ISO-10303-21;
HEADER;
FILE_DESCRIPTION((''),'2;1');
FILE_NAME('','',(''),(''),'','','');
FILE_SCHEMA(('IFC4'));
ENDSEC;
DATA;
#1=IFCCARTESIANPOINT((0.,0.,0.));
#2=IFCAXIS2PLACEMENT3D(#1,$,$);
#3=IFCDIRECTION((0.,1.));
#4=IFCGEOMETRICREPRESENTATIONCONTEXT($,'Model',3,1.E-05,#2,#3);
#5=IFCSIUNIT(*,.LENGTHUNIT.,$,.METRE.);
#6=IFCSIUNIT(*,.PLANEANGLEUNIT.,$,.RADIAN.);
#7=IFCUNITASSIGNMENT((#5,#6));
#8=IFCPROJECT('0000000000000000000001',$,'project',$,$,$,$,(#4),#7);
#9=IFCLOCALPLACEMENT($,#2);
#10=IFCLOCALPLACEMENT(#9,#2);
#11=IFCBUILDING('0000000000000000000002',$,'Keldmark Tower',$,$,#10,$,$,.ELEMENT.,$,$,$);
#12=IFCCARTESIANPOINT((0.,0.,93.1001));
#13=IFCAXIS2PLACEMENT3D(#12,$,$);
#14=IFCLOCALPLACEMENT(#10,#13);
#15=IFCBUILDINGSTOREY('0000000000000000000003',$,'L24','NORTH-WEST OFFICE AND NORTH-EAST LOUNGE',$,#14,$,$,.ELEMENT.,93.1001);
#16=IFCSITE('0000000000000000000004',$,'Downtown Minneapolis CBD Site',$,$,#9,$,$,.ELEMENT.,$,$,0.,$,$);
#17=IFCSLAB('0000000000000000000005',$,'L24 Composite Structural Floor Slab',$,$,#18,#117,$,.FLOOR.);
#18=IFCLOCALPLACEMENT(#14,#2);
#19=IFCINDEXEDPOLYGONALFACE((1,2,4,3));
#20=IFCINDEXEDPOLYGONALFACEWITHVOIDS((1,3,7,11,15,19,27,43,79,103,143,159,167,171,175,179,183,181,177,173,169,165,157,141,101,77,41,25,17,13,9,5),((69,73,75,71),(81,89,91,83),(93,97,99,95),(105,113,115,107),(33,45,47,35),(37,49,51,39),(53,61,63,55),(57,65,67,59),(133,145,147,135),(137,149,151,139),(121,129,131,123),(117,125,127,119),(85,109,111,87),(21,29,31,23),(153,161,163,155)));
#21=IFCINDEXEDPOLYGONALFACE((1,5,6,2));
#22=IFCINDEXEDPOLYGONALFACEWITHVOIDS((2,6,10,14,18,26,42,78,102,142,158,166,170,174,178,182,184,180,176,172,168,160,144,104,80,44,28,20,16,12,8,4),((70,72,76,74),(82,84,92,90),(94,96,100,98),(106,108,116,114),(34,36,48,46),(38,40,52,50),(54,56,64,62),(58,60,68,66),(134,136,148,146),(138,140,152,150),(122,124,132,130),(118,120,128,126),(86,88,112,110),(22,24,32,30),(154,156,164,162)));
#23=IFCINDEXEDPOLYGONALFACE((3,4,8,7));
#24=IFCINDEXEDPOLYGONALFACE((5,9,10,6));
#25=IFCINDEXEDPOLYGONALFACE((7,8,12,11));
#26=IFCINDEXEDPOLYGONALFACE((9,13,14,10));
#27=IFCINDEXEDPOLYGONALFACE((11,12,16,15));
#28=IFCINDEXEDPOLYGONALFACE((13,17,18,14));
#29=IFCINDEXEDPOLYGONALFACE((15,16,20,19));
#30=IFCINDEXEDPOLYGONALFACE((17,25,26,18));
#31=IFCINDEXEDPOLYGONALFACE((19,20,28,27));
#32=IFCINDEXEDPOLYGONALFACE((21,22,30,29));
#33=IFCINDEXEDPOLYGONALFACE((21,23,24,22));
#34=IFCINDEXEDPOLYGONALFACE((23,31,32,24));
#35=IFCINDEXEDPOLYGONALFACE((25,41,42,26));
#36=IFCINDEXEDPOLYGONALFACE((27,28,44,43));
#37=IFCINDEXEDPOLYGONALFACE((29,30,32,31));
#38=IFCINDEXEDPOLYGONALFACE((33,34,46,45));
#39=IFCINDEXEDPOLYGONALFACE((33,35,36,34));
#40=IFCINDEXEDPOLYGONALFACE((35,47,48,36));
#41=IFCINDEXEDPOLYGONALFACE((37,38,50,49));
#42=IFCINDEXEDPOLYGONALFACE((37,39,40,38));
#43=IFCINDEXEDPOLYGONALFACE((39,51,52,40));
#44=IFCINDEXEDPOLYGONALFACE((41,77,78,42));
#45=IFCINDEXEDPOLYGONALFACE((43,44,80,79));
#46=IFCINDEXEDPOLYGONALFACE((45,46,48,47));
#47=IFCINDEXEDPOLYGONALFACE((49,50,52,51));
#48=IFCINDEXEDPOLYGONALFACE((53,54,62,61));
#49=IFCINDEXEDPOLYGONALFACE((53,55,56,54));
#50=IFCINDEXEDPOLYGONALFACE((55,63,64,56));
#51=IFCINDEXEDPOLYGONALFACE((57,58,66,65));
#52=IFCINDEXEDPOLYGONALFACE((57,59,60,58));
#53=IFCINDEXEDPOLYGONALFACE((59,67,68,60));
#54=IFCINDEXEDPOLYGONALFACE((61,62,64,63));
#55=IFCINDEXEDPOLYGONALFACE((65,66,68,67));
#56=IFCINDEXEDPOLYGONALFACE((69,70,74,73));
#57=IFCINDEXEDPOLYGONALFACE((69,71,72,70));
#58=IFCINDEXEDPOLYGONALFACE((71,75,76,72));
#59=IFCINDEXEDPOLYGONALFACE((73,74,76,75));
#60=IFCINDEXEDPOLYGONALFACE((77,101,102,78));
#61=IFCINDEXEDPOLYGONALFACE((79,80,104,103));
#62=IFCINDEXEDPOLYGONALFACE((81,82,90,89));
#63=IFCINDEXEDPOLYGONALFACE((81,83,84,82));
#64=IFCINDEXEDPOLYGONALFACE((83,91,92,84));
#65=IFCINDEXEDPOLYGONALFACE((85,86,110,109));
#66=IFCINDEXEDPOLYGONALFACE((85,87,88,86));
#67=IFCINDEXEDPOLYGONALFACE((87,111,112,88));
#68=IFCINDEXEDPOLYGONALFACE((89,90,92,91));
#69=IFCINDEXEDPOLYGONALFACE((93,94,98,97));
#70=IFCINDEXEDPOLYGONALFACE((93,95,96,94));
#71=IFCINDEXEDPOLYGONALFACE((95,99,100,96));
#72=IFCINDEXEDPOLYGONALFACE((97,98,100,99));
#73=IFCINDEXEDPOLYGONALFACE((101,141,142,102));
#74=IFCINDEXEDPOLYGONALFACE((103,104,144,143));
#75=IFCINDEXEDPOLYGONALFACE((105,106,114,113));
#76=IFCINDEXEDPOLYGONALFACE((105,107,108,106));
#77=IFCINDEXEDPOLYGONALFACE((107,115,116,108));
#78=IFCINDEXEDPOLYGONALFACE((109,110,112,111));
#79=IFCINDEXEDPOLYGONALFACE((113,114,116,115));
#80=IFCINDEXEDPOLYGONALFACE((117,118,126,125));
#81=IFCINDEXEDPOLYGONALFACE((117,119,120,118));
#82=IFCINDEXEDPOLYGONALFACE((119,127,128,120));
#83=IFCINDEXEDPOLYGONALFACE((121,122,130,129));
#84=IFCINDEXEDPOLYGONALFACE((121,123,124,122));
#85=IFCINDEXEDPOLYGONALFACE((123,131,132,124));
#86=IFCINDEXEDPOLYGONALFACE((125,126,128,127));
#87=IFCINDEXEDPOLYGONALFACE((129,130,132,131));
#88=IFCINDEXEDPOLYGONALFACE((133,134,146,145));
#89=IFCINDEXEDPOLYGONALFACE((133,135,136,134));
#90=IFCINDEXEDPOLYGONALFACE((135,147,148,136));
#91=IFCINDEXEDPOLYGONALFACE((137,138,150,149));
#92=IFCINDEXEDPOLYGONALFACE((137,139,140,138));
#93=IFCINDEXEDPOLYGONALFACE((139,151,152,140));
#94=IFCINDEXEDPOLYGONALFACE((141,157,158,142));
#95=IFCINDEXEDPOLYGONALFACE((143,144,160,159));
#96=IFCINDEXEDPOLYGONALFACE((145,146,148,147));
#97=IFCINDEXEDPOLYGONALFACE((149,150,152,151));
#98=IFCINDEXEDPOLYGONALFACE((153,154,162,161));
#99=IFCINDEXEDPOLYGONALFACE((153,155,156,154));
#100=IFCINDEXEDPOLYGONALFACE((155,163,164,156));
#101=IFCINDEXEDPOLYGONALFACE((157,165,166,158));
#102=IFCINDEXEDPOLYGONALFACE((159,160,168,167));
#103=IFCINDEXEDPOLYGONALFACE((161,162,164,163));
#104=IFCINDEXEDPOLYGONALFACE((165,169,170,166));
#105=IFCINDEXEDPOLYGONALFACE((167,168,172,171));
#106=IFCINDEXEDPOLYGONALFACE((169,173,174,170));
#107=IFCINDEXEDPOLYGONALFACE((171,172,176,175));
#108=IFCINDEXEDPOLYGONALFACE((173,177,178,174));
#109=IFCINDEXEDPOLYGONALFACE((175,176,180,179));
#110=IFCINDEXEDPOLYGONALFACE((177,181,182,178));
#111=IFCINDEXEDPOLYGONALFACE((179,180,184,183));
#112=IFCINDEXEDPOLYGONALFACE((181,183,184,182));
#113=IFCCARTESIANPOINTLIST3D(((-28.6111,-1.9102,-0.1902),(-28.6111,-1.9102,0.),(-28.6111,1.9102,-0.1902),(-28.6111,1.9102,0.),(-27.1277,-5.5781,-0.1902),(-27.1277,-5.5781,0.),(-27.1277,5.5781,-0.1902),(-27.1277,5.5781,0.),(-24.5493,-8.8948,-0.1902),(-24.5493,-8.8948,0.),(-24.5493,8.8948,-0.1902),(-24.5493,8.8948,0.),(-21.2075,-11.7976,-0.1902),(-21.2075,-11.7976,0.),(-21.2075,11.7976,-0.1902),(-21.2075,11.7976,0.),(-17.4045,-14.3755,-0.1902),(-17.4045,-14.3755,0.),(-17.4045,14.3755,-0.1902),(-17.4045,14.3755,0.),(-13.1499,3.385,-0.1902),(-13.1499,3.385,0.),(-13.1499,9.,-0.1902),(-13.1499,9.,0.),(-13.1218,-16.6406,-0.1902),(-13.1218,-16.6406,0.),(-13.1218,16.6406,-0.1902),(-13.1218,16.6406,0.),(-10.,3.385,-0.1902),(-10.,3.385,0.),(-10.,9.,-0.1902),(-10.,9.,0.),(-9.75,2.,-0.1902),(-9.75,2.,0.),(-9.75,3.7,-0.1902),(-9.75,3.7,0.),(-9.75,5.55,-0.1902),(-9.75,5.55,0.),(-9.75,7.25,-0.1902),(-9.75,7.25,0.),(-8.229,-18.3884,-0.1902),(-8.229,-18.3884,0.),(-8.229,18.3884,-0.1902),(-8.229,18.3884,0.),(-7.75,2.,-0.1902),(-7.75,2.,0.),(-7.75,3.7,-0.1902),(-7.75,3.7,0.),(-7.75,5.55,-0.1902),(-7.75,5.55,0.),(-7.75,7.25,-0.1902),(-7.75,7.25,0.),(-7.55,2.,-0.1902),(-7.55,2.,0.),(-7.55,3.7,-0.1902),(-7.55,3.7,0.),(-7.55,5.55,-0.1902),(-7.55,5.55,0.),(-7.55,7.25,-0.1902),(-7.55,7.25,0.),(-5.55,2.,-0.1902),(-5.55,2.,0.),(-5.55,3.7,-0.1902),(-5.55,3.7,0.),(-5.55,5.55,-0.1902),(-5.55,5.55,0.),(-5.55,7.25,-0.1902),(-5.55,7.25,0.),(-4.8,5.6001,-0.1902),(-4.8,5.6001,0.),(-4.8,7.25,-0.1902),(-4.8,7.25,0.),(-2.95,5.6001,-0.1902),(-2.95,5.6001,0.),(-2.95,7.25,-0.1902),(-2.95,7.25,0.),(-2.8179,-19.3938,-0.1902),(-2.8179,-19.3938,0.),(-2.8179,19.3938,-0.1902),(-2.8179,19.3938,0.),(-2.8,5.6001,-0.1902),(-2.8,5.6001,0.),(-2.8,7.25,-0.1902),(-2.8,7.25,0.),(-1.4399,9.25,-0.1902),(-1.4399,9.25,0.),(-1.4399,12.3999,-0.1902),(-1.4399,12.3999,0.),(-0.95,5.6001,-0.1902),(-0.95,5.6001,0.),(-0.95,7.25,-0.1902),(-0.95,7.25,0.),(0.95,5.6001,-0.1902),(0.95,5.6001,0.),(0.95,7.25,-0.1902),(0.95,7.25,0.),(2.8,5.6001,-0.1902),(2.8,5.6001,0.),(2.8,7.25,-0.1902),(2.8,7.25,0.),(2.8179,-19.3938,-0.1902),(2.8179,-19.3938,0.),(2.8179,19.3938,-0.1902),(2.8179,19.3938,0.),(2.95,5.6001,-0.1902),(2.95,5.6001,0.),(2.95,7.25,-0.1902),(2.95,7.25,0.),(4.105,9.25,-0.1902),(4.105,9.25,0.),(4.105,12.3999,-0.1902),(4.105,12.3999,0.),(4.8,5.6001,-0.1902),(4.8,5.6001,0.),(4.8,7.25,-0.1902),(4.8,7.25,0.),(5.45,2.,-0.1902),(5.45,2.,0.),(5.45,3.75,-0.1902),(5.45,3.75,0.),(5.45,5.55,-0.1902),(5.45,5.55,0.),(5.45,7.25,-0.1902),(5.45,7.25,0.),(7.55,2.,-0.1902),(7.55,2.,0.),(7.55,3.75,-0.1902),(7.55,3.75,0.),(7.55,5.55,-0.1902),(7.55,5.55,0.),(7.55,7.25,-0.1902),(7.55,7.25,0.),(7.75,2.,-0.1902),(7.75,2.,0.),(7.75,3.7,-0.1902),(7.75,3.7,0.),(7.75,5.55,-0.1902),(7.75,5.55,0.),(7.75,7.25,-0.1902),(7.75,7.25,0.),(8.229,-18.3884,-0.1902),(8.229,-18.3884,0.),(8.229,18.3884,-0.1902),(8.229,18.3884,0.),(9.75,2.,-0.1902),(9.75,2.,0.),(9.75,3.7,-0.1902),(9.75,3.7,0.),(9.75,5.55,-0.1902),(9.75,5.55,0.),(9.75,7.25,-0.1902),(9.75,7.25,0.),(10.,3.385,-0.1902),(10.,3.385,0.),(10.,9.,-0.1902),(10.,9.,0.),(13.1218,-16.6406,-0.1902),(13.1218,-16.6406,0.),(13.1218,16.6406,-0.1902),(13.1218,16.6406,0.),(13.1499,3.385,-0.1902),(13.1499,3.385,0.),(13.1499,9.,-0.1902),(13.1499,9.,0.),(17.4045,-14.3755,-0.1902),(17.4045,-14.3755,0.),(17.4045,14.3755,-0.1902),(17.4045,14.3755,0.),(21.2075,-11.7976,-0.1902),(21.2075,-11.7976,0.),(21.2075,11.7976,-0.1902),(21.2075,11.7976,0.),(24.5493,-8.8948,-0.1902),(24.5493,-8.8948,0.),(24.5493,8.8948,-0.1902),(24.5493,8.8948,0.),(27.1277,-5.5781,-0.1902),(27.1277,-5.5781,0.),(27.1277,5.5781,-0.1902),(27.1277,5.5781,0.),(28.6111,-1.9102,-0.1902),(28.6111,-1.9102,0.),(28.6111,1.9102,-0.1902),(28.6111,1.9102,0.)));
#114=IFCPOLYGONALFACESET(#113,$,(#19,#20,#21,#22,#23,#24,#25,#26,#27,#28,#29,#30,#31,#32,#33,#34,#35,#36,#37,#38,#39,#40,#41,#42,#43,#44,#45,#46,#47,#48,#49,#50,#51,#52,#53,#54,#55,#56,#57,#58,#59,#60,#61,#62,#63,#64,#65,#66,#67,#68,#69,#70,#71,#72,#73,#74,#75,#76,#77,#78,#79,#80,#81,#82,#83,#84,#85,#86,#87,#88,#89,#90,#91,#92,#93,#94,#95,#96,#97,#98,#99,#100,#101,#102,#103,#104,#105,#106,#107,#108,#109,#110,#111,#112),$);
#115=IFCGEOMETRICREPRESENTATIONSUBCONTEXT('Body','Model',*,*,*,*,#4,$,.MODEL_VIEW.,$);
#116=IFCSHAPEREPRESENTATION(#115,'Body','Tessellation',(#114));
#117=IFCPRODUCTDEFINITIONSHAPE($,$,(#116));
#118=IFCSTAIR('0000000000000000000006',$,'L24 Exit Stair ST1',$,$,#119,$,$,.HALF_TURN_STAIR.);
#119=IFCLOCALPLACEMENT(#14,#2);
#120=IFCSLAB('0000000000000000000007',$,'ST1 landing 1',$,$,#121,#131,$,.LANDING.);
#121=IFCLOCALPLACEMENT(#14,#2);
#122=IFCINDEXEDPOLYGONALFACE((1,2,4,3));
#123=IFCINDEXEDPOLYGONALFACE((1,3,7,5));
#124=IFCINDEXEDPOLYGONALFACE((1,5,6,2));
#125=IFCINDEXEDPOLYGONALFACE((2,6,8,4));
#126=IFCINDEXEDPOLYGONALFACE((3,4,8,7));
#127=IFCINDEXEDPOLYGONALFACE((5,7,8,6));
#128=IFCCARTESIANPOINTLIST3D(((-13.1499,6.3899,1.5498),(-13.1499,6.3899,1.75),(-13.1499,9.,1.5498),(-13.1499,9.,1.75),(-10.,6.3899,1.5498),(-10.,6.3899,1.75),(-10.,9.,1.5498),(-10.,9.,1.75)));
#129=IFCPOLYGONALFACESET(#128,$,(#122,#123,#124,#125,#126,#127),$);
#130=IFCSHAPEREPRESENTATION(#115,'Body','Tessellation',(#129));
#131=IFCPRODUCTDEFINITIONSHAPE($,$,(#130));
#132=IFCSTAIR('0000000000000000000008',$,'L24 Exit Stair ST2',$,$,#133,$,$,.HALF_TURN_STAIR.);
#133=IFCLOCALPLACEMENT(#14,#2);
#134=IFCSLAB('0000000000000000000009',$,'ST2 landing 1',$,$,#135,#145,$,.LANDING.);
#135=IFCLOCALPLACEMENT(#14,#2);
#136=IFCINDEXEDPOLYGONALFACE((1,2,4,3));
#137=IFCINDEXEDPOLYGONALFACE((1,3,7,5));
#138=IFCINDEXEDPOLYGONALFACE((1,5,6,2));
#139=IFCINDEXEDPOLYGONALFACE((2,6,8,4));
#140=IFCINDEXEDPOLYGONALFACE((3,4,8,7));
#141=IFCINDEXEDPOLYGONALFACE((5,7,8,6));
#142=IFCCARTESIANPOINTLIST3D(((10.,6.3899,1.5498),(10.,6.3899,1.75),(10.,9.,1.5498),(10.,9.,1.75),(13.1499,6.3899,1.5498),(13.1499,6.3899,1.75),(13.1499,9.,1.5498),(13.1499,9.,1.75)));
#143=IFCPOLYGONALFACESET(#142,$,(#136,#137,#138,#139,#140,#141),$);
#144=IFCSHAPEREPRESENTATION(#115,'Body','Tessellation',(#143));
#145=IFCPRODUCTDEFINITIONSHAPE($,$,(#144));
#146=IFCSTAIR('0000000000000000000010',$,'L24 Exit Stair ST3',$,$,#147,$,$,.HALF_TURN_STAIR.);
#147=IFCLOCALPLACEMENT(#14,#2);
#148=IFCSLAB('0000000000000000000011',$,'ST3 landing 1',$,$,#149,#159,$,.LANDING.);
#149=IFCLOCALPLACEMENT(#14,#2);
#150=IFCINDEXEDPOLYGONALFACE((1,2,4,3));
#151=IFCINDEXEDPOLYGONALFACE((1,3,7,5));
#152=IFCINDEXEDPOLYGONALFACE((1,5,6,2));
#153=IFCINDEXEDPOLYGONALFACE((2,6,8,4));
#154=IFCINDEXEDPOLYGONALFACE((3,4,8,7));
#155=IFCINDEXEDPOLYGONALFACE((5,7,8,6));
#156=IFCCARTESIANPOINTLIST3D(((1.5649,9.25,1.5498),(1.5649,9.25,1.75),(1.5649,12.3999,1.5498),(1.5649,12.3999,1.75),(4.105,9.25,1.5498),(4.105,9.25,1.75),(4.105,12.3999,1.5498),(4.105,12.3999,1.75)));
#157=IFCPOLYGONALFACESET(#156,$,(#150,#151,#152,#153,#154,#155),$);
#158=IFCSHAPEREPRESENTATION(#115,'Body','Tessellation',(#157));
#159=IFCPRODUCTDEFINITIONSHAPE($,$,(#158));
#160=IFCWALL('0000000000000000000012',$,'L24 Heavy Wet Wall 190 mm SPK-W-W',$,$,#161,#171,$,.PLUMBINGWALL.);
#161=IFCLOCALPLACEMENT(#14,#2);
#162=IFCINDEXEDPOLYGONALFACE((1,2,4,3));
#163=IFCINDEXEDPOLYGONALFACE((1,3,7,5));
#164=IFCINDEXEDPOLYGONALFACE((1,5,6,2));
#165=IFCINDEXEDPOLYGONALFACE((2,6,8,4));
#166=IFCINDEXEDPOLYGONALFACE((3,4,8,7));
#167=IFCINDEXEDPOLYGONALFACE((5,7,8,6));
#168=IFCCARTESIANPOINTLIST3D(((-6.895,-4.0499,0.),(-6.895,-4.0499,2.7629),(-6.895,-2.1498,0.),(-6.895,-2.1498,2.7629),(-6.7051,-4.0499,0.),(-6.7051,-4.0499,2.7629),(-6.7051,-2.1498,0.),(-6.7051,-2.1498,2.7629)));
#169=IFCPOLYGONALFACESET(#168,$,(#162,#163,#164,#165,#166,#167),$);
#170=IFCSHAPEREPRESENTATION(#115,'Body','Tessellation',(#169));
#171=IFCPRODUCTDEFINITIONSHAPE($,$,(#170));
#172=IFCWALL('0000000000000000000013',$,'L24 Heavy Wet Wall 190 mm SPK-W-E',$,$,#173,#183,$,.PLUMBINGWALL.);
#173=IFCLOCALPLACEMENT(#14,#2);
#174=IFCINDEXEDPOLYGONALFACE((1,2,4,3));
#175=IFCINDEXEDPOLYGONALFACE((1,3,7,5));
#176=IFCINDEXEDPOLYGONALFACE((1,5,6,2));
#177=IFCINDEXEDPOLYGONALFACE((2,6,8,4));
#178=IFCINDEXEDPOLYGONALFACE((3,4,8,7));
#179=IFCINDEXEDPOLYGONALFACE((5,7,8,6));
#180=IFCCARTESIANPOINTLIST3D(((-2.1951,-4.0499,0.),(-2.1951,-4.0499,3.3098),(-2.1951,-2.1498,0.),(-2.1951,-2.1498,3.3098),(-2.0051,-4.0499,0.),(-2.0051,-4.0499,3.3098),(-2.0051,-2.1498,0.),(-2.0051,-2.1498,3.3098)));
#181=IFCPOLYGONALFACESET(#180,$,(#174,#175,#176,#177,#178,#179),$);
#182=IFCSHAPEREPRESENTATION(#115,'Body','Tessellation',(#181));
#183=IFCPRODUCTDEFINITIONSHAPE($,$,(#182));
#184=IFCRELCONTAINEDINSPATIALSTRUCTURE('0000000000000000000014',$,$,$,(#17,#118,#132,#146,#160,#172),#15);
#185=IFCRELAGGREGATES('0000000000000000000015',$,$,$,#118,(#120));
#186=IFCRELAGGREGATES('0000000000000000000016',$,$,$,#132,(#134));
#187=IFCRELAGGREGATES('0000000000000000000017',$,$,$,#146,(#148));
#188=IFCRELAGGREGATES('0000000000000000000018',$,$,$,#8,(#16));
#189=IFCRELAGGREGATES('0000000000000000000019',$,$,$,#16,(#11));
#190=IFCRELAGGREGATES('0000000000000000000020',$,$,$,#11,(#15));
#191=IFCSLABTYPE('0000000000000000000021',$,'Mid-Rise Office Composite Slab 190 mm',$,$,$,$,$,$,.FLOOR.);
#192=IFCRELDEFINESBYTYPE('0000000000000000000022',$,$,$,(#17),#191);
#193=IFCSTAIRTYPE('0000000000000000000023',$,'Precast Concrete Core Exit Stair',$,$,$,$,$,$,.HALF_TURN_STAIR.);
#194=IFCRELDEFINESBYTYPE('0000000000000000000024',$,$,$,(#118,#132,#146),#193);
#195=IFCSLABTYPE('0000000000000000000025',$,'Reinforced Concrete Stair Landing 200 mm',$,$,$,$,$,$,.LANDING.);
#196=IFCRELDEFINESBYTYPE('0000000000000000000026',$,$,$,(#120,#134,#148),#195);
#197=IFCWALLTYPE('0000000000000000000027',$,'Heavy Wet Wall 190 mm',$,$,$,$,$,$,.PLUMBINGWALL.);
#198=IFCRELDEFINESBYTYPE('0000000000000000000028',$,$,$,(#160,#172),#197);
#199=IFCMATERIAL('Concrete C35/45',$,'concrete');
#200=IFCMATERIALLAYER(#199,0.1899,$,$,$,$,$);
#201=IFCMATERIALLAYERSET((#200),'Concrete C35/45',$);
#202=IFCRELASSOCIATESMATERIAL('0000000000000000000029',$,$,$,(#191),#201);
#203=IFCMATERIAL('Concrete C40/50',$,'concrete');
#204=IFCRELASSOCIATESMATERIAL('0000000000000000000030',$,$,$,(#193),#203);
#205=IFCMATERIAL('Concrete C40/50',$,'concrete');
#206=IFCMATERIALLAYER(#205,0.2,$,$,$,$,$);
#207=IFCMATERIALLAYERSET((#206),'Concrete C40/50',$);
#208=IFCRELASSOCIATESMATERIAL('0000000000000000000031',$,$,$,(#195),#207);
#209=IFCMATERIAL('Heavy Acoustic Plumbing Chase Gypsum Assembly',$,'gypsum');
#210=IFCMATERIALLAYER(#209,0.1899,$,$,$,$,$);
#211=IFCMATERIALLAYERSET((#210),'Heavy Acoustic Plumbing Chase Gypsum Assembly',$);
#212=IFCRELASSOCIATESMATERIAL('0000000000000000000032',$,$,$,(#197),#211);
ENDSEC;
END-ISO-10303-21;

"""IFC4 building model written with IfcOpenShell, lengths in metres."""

from ifc_helpers import new_model, si_unit, direction, frame, frame_2d, origin, place, context, subcontext, project, spatial, polyline, rectangle, outline, extrude, material, layer, layer_set, type_object, element, aggregate, save


model = new_model("IFC4")

# Units and contexts
model_context = context("Model", 3, precision=1e-05, world=origin(), true_north=direction((0.0, 1.0)))
body_context = subcontext(model_context, "Body", "Model", "MODEL_VIEW")
ifc_project = project(units=[si_unit("LENGTHUNIT", "METRE"), si_unit("PLANEANGLEUNIT", "RADIAN")], contexts=[model_context])

# Site, building, storey
site_placement = place(None, origin())
site = spatial("IfcSite", under=ifc_project, at=site_placement, Name="Downtown Minneapolis CBD Site", CompositionType="ELEMENT", RefElevation=0.0)
building_placement = place(site_placement, origin())
building = spatial("IfcBuilding", under=site, at=building_placement, Name="Keldmark Tower", CompositionType="ELEMENT")
storey_placement = place(building_placement, frame((0.0, 0.0, 93.1001)))
storey = spatial("IfcBuildingStorey", under=building, at=storey_placement, Name="L24", Description="NORTH-WEST OFFICE AND NORTH-EAST LOUNGE", CompositionType="ELEMENT", Elevation=93.1001)

# Slab
ifc_material_1 = material(Name="Concrete C35/45", Category="concrete")
ifc_layer_1 = layer(ifc_material_1, 0.1899)
ifc_layer_set_1 = layer_set([ifc_layer_1], Name="Concrete C35/45")
slab_type_1 = type_object("IfcSlabType", Name="Mid-Rise Office Composite Slab 190 mm", PredefinedType="FLOOR", material=ifc_layer_set_1)
slab_1_placement = place(storey_placement, frame((0.0, 0.0, -0.1902)))
element("IfcSlab", 1, at=slab_1_placement, inside=storey, type_object=slab_type_1, Name="L24 Composite Structural Floor Slab", PredefinedType="FLOOR", context=body_context, shape_type="SweptSolid", body=[
    extrude(outline(polyline([(28.6111, 1.9102), (27.1277, 5.5781), (24.5493, 8.8948), (21.2075, 11.7976), (17.4045, 14.3755), (13.1218, 16.6406), (8.229, 18.3884), (2.8179, 19.3938), (-2.8179, 19.3938), (-8.229, 18.3884), (-13.1218, 16.6406), (-17.4045, 14.3755), (-21.2075, 11.7976), (-24.5493, 8.8948), (-27.1277, 5.5781), (-28.6111, 1.9102), (-28.6111, -1.9102), (-27.1277, -5.5781), (-24.5493, -8.8948), (-21.2075, -11.7976), (-17.4045, -14.3755), (-13.1218, -16.6406), (-8.229, -18.3884), (-2.8179, -19.3938), (2.8179, -19.3938), (8.229, -18.3884), (13.1218, -16.6406), (17.4045, -14.3755), (21.2075, -11.7976), (24.5493, -8.8948), (27.1277, -5.5781), (28.6111, -1.9102), (28.6111, 1.9102)]), holes=[polyline([(-10.0, 3.385), (-10.0, 9.0), (-13.1499, 9.0), (-13.1499, 3.385), (-10.0, 3.385)]), polyline([(13.1499, 3.385), (13.1499, 9.0), (10.0, 9.0), (10.0, 3.385), (13.1499, 3.385)]), polyline([(-1.4399, 9.25), (4.105, 9.25), (4.105, 12.3999), (-1.4399, 12.3999), (-1.4399, 9.25)]), polyline([(-9.75, 2.0), (-7.75, 2.0), (-7.75, 3.7), (-9.75, 3.7), (-9.75, 2.0)]), polyline([(7.75, 2.0), (9.75, 2.0), (9.75, 3.7), (7.75, 3.7), (7.75, 2.0)]), polyline([(5.45, 2.0), (7.55, 2.0), (7.55, 3.75), (5.45, 3.75), (5.45, 2.0)]), polyline([(-4.8, 5.6001), (-2.95, 5.6001), (-2.95, 7.25), (-4.8, 7.25), (-4.8, 5.6001)]), polyline([(-2.8, 5.6001), (-0.95, 5.6001), (-0.95, 7.25), (-2.8, 7.25), (-2.8, 5.6001)]), polyline([(0.95, 5.6001), (2.8, 5.6001), (2.8, 7.25), (0.95, 7.25), (0.95, 5.6001)]), polyline([(2.95, 5.6001), (4.8, 5.6001), (4.8, 7.25), (2.95, 7.25), (2.95, 5.6001)]), polyline([(-9.75, 5.55), (-7.75, 5.55), (-7.75, 7.25), (-9.75, 7.25), (-9.75, 5.55)]), polyline([(-7.55, 5.55), (-5.55, 5.55), (-5.55, 7.25), (-7.55, 7.25), (-7.55, 5.55)]), polyline([(-7.55, 2.0), (-5.55, 2.0), (-5.55, 3.7), (-7.55, 3.7), (-7.55, 2.0)]), polyline([(5.45, 5.55), (7.55, 5.55), (7.55, 7.25), (5.45, 7.25), (5.45, 5.55)]), polyline([(7.75, 5.55), (9.75, 5.55), (9.75, 7.25), (7.75, 7.25), (7.75, 5.55)])]), origin(), (0.0, 0.0, 1.0), 0.1902),
])

# Stairs, slabs
ifc_material_2 = material(Name="Concrete C40/50", Category="concrete")
stair_type = type_object("IfcStairType", Name="Precast Concrete Core Exit Stair", PredefinedType="HALF_TURN_STAIR", material=ifc_material_2)
stair_1_placement = place(storey_placement, origin())
stair_1 = element("IfcStair", 2, at=stair_1_placement, inside=storey, type_object=stair_type, Name="L24 Exit Stair ST1", PredefinedType="HALF_TURN_STAIR")
ifc_material_3 = material(Name="Concrete C40/50", Category="concrete")
ifc_layer_2 = layer(ifc_material_3, 0.2)
ifc_layer_set_2 = layer_set([ifc_layer_2], Name="Concrete C40/50")
slab_type_2 = type_object("IfcSlabType", Name="Reinforced Concrete Stair Landing 200 mm", PredefinedType="LANDING", material=ifc_layer_set_2)
slab_2_placement = place(storey_placement, frame((0.0, 0.0, 1.5498)))
slab_2 = element("IfcSlab", 3, at=slab_2_placement, type_object=slab_type_2, Name="ST1 landing 1", PredefinedType="LANDING", context=body_context, shape_type="SweptSolid", body=[
    extrude(outline(polyline([(-10.0, 6.3899), (-10.0, 9.0), (-13.1499, 9.0), (-13.1499, 6.3899), (-10.0, 6.3899)])), origin(), (0.0, 0.0, 1.0), 0.2002),
])
aggregate(stair_1, [slab_2])
stair_2_placement = place(storey_placement, origin())
stair_2 = element("IfcStair", 4, at=stair_2_placement, inside=storey, type_object=stair_type, Name="L24 Exit Stair ST2", PredefinedType="HALF_TURN_STAIR")
slab_3_placement = place(storey_placement, frame((0.0, 0.0, 1.5498)))
slab_3 = element("IfcSlab", 5, at=slab_3_placement, type_object=slab_type_2, Name="ST2 landing 1", PredefinedType="LANDING", context=body_context, shape_type="SweptSolid", body=[
    extrude(outline(polyline([(13.1499, 6.3899), (13.1499, 9.0), (10.0, 9.0), (10.0, 6.3899), (13.1499, 6.3899)])), origin(), (0.0, 0.0, 1.0), 0.2002),
])
aggregate(stair_2, [slab_3])
stair_3_placement = place(storey_placement, origin())
stair_3 = element("IfcStair", 6, at=stair_3_placement, inside=storey, type_object=stair_type, Name="L24 Exit Stair ST3", PredefinedType="HALF_TURN_STAIR")
slab_4_placement = place(storey_placement, frame((0.0, 0.0, 1.5498)))
slab_4 = element("IfcSlab", 7, at=slab_4_placement, type_object=slab_type_2, Name="ST3 landing 1", PredefinedType="LANDING", context=body_context, shape_type="SweptSolid", body=[
    extrude(outline(polyline([(1.5649, 9.25), (4.105, 9.25), (4.105, 12.3999), (1.5649, 12.3999), (1.5649, 9.25)])), origin(), (0.0, 0.0, 1.0), 0.2002),
])
aggregate(stair_3, [slab_4])

# Walls
ifc_material_4 = material(Name="Heavy Acoustic Plumbing Chase Gypsum Assembly", Category="gypsum")
ifc_layer_3 = layer(ifc_material_4, 0.1899)
ifc_layer_set_3 = layer_set([ifc_layer_3], Name="Heavy Acoustic Plumbing Chase Gypsum Assembly")
wall_type_1 = type_object("IfcWallType", Name="Heavy Wet Wall 190 mm", PredefinedType="PLUMBINGWALL", material=ifc_layer_set_3)
wall_1_placement = place(storey_placement, frame((-6.8, -4.05, 0.0), z_axis=(0.0, 0.0, 1.0), x_axis=(0.0, 1.0, 0.0)))
element("IfcWall", 8, at=wall_1_placement, inside=storey, type_object=wall_type_1, Name="L24 Heavy Wet Wall 190 mm SPK-W-W", PredefinedType="PLUMBINGWALL", context=body_context, shape_type="SweptSolid", body=[
    extrude(rectangle(XDim=1.9001, YDim=0.1899, at=frame_2d((0.9502, 0.0))), origin(), (0.0, 0.0, 1.0), 2.7629),
])
wall_2_placement = place(storey_placement, frame((-2.1001, -4.05, 0.0), z_axis=(0.0, 0.0, 1.0), x_axis=(0.0, 1.0, 0.0)))
element("IfcWall", 9, at=wall_2_placement, inside=storey, type_object=wall_type_1, Name="L24 Heavy Wet Wall 190 mm SPK-W-E", PredefinedType="PLUMBINGWALL", context=body_context, shape_type="SweptSolid", body=[
    extrude(rectangle(XDim=1.9001, YDim=0.1899, at=frame_2d((0.9502, 0.0))), origin(), (0.0, 0.0, 1.0), 3.3098),
])

save(model, "model.ifc")
